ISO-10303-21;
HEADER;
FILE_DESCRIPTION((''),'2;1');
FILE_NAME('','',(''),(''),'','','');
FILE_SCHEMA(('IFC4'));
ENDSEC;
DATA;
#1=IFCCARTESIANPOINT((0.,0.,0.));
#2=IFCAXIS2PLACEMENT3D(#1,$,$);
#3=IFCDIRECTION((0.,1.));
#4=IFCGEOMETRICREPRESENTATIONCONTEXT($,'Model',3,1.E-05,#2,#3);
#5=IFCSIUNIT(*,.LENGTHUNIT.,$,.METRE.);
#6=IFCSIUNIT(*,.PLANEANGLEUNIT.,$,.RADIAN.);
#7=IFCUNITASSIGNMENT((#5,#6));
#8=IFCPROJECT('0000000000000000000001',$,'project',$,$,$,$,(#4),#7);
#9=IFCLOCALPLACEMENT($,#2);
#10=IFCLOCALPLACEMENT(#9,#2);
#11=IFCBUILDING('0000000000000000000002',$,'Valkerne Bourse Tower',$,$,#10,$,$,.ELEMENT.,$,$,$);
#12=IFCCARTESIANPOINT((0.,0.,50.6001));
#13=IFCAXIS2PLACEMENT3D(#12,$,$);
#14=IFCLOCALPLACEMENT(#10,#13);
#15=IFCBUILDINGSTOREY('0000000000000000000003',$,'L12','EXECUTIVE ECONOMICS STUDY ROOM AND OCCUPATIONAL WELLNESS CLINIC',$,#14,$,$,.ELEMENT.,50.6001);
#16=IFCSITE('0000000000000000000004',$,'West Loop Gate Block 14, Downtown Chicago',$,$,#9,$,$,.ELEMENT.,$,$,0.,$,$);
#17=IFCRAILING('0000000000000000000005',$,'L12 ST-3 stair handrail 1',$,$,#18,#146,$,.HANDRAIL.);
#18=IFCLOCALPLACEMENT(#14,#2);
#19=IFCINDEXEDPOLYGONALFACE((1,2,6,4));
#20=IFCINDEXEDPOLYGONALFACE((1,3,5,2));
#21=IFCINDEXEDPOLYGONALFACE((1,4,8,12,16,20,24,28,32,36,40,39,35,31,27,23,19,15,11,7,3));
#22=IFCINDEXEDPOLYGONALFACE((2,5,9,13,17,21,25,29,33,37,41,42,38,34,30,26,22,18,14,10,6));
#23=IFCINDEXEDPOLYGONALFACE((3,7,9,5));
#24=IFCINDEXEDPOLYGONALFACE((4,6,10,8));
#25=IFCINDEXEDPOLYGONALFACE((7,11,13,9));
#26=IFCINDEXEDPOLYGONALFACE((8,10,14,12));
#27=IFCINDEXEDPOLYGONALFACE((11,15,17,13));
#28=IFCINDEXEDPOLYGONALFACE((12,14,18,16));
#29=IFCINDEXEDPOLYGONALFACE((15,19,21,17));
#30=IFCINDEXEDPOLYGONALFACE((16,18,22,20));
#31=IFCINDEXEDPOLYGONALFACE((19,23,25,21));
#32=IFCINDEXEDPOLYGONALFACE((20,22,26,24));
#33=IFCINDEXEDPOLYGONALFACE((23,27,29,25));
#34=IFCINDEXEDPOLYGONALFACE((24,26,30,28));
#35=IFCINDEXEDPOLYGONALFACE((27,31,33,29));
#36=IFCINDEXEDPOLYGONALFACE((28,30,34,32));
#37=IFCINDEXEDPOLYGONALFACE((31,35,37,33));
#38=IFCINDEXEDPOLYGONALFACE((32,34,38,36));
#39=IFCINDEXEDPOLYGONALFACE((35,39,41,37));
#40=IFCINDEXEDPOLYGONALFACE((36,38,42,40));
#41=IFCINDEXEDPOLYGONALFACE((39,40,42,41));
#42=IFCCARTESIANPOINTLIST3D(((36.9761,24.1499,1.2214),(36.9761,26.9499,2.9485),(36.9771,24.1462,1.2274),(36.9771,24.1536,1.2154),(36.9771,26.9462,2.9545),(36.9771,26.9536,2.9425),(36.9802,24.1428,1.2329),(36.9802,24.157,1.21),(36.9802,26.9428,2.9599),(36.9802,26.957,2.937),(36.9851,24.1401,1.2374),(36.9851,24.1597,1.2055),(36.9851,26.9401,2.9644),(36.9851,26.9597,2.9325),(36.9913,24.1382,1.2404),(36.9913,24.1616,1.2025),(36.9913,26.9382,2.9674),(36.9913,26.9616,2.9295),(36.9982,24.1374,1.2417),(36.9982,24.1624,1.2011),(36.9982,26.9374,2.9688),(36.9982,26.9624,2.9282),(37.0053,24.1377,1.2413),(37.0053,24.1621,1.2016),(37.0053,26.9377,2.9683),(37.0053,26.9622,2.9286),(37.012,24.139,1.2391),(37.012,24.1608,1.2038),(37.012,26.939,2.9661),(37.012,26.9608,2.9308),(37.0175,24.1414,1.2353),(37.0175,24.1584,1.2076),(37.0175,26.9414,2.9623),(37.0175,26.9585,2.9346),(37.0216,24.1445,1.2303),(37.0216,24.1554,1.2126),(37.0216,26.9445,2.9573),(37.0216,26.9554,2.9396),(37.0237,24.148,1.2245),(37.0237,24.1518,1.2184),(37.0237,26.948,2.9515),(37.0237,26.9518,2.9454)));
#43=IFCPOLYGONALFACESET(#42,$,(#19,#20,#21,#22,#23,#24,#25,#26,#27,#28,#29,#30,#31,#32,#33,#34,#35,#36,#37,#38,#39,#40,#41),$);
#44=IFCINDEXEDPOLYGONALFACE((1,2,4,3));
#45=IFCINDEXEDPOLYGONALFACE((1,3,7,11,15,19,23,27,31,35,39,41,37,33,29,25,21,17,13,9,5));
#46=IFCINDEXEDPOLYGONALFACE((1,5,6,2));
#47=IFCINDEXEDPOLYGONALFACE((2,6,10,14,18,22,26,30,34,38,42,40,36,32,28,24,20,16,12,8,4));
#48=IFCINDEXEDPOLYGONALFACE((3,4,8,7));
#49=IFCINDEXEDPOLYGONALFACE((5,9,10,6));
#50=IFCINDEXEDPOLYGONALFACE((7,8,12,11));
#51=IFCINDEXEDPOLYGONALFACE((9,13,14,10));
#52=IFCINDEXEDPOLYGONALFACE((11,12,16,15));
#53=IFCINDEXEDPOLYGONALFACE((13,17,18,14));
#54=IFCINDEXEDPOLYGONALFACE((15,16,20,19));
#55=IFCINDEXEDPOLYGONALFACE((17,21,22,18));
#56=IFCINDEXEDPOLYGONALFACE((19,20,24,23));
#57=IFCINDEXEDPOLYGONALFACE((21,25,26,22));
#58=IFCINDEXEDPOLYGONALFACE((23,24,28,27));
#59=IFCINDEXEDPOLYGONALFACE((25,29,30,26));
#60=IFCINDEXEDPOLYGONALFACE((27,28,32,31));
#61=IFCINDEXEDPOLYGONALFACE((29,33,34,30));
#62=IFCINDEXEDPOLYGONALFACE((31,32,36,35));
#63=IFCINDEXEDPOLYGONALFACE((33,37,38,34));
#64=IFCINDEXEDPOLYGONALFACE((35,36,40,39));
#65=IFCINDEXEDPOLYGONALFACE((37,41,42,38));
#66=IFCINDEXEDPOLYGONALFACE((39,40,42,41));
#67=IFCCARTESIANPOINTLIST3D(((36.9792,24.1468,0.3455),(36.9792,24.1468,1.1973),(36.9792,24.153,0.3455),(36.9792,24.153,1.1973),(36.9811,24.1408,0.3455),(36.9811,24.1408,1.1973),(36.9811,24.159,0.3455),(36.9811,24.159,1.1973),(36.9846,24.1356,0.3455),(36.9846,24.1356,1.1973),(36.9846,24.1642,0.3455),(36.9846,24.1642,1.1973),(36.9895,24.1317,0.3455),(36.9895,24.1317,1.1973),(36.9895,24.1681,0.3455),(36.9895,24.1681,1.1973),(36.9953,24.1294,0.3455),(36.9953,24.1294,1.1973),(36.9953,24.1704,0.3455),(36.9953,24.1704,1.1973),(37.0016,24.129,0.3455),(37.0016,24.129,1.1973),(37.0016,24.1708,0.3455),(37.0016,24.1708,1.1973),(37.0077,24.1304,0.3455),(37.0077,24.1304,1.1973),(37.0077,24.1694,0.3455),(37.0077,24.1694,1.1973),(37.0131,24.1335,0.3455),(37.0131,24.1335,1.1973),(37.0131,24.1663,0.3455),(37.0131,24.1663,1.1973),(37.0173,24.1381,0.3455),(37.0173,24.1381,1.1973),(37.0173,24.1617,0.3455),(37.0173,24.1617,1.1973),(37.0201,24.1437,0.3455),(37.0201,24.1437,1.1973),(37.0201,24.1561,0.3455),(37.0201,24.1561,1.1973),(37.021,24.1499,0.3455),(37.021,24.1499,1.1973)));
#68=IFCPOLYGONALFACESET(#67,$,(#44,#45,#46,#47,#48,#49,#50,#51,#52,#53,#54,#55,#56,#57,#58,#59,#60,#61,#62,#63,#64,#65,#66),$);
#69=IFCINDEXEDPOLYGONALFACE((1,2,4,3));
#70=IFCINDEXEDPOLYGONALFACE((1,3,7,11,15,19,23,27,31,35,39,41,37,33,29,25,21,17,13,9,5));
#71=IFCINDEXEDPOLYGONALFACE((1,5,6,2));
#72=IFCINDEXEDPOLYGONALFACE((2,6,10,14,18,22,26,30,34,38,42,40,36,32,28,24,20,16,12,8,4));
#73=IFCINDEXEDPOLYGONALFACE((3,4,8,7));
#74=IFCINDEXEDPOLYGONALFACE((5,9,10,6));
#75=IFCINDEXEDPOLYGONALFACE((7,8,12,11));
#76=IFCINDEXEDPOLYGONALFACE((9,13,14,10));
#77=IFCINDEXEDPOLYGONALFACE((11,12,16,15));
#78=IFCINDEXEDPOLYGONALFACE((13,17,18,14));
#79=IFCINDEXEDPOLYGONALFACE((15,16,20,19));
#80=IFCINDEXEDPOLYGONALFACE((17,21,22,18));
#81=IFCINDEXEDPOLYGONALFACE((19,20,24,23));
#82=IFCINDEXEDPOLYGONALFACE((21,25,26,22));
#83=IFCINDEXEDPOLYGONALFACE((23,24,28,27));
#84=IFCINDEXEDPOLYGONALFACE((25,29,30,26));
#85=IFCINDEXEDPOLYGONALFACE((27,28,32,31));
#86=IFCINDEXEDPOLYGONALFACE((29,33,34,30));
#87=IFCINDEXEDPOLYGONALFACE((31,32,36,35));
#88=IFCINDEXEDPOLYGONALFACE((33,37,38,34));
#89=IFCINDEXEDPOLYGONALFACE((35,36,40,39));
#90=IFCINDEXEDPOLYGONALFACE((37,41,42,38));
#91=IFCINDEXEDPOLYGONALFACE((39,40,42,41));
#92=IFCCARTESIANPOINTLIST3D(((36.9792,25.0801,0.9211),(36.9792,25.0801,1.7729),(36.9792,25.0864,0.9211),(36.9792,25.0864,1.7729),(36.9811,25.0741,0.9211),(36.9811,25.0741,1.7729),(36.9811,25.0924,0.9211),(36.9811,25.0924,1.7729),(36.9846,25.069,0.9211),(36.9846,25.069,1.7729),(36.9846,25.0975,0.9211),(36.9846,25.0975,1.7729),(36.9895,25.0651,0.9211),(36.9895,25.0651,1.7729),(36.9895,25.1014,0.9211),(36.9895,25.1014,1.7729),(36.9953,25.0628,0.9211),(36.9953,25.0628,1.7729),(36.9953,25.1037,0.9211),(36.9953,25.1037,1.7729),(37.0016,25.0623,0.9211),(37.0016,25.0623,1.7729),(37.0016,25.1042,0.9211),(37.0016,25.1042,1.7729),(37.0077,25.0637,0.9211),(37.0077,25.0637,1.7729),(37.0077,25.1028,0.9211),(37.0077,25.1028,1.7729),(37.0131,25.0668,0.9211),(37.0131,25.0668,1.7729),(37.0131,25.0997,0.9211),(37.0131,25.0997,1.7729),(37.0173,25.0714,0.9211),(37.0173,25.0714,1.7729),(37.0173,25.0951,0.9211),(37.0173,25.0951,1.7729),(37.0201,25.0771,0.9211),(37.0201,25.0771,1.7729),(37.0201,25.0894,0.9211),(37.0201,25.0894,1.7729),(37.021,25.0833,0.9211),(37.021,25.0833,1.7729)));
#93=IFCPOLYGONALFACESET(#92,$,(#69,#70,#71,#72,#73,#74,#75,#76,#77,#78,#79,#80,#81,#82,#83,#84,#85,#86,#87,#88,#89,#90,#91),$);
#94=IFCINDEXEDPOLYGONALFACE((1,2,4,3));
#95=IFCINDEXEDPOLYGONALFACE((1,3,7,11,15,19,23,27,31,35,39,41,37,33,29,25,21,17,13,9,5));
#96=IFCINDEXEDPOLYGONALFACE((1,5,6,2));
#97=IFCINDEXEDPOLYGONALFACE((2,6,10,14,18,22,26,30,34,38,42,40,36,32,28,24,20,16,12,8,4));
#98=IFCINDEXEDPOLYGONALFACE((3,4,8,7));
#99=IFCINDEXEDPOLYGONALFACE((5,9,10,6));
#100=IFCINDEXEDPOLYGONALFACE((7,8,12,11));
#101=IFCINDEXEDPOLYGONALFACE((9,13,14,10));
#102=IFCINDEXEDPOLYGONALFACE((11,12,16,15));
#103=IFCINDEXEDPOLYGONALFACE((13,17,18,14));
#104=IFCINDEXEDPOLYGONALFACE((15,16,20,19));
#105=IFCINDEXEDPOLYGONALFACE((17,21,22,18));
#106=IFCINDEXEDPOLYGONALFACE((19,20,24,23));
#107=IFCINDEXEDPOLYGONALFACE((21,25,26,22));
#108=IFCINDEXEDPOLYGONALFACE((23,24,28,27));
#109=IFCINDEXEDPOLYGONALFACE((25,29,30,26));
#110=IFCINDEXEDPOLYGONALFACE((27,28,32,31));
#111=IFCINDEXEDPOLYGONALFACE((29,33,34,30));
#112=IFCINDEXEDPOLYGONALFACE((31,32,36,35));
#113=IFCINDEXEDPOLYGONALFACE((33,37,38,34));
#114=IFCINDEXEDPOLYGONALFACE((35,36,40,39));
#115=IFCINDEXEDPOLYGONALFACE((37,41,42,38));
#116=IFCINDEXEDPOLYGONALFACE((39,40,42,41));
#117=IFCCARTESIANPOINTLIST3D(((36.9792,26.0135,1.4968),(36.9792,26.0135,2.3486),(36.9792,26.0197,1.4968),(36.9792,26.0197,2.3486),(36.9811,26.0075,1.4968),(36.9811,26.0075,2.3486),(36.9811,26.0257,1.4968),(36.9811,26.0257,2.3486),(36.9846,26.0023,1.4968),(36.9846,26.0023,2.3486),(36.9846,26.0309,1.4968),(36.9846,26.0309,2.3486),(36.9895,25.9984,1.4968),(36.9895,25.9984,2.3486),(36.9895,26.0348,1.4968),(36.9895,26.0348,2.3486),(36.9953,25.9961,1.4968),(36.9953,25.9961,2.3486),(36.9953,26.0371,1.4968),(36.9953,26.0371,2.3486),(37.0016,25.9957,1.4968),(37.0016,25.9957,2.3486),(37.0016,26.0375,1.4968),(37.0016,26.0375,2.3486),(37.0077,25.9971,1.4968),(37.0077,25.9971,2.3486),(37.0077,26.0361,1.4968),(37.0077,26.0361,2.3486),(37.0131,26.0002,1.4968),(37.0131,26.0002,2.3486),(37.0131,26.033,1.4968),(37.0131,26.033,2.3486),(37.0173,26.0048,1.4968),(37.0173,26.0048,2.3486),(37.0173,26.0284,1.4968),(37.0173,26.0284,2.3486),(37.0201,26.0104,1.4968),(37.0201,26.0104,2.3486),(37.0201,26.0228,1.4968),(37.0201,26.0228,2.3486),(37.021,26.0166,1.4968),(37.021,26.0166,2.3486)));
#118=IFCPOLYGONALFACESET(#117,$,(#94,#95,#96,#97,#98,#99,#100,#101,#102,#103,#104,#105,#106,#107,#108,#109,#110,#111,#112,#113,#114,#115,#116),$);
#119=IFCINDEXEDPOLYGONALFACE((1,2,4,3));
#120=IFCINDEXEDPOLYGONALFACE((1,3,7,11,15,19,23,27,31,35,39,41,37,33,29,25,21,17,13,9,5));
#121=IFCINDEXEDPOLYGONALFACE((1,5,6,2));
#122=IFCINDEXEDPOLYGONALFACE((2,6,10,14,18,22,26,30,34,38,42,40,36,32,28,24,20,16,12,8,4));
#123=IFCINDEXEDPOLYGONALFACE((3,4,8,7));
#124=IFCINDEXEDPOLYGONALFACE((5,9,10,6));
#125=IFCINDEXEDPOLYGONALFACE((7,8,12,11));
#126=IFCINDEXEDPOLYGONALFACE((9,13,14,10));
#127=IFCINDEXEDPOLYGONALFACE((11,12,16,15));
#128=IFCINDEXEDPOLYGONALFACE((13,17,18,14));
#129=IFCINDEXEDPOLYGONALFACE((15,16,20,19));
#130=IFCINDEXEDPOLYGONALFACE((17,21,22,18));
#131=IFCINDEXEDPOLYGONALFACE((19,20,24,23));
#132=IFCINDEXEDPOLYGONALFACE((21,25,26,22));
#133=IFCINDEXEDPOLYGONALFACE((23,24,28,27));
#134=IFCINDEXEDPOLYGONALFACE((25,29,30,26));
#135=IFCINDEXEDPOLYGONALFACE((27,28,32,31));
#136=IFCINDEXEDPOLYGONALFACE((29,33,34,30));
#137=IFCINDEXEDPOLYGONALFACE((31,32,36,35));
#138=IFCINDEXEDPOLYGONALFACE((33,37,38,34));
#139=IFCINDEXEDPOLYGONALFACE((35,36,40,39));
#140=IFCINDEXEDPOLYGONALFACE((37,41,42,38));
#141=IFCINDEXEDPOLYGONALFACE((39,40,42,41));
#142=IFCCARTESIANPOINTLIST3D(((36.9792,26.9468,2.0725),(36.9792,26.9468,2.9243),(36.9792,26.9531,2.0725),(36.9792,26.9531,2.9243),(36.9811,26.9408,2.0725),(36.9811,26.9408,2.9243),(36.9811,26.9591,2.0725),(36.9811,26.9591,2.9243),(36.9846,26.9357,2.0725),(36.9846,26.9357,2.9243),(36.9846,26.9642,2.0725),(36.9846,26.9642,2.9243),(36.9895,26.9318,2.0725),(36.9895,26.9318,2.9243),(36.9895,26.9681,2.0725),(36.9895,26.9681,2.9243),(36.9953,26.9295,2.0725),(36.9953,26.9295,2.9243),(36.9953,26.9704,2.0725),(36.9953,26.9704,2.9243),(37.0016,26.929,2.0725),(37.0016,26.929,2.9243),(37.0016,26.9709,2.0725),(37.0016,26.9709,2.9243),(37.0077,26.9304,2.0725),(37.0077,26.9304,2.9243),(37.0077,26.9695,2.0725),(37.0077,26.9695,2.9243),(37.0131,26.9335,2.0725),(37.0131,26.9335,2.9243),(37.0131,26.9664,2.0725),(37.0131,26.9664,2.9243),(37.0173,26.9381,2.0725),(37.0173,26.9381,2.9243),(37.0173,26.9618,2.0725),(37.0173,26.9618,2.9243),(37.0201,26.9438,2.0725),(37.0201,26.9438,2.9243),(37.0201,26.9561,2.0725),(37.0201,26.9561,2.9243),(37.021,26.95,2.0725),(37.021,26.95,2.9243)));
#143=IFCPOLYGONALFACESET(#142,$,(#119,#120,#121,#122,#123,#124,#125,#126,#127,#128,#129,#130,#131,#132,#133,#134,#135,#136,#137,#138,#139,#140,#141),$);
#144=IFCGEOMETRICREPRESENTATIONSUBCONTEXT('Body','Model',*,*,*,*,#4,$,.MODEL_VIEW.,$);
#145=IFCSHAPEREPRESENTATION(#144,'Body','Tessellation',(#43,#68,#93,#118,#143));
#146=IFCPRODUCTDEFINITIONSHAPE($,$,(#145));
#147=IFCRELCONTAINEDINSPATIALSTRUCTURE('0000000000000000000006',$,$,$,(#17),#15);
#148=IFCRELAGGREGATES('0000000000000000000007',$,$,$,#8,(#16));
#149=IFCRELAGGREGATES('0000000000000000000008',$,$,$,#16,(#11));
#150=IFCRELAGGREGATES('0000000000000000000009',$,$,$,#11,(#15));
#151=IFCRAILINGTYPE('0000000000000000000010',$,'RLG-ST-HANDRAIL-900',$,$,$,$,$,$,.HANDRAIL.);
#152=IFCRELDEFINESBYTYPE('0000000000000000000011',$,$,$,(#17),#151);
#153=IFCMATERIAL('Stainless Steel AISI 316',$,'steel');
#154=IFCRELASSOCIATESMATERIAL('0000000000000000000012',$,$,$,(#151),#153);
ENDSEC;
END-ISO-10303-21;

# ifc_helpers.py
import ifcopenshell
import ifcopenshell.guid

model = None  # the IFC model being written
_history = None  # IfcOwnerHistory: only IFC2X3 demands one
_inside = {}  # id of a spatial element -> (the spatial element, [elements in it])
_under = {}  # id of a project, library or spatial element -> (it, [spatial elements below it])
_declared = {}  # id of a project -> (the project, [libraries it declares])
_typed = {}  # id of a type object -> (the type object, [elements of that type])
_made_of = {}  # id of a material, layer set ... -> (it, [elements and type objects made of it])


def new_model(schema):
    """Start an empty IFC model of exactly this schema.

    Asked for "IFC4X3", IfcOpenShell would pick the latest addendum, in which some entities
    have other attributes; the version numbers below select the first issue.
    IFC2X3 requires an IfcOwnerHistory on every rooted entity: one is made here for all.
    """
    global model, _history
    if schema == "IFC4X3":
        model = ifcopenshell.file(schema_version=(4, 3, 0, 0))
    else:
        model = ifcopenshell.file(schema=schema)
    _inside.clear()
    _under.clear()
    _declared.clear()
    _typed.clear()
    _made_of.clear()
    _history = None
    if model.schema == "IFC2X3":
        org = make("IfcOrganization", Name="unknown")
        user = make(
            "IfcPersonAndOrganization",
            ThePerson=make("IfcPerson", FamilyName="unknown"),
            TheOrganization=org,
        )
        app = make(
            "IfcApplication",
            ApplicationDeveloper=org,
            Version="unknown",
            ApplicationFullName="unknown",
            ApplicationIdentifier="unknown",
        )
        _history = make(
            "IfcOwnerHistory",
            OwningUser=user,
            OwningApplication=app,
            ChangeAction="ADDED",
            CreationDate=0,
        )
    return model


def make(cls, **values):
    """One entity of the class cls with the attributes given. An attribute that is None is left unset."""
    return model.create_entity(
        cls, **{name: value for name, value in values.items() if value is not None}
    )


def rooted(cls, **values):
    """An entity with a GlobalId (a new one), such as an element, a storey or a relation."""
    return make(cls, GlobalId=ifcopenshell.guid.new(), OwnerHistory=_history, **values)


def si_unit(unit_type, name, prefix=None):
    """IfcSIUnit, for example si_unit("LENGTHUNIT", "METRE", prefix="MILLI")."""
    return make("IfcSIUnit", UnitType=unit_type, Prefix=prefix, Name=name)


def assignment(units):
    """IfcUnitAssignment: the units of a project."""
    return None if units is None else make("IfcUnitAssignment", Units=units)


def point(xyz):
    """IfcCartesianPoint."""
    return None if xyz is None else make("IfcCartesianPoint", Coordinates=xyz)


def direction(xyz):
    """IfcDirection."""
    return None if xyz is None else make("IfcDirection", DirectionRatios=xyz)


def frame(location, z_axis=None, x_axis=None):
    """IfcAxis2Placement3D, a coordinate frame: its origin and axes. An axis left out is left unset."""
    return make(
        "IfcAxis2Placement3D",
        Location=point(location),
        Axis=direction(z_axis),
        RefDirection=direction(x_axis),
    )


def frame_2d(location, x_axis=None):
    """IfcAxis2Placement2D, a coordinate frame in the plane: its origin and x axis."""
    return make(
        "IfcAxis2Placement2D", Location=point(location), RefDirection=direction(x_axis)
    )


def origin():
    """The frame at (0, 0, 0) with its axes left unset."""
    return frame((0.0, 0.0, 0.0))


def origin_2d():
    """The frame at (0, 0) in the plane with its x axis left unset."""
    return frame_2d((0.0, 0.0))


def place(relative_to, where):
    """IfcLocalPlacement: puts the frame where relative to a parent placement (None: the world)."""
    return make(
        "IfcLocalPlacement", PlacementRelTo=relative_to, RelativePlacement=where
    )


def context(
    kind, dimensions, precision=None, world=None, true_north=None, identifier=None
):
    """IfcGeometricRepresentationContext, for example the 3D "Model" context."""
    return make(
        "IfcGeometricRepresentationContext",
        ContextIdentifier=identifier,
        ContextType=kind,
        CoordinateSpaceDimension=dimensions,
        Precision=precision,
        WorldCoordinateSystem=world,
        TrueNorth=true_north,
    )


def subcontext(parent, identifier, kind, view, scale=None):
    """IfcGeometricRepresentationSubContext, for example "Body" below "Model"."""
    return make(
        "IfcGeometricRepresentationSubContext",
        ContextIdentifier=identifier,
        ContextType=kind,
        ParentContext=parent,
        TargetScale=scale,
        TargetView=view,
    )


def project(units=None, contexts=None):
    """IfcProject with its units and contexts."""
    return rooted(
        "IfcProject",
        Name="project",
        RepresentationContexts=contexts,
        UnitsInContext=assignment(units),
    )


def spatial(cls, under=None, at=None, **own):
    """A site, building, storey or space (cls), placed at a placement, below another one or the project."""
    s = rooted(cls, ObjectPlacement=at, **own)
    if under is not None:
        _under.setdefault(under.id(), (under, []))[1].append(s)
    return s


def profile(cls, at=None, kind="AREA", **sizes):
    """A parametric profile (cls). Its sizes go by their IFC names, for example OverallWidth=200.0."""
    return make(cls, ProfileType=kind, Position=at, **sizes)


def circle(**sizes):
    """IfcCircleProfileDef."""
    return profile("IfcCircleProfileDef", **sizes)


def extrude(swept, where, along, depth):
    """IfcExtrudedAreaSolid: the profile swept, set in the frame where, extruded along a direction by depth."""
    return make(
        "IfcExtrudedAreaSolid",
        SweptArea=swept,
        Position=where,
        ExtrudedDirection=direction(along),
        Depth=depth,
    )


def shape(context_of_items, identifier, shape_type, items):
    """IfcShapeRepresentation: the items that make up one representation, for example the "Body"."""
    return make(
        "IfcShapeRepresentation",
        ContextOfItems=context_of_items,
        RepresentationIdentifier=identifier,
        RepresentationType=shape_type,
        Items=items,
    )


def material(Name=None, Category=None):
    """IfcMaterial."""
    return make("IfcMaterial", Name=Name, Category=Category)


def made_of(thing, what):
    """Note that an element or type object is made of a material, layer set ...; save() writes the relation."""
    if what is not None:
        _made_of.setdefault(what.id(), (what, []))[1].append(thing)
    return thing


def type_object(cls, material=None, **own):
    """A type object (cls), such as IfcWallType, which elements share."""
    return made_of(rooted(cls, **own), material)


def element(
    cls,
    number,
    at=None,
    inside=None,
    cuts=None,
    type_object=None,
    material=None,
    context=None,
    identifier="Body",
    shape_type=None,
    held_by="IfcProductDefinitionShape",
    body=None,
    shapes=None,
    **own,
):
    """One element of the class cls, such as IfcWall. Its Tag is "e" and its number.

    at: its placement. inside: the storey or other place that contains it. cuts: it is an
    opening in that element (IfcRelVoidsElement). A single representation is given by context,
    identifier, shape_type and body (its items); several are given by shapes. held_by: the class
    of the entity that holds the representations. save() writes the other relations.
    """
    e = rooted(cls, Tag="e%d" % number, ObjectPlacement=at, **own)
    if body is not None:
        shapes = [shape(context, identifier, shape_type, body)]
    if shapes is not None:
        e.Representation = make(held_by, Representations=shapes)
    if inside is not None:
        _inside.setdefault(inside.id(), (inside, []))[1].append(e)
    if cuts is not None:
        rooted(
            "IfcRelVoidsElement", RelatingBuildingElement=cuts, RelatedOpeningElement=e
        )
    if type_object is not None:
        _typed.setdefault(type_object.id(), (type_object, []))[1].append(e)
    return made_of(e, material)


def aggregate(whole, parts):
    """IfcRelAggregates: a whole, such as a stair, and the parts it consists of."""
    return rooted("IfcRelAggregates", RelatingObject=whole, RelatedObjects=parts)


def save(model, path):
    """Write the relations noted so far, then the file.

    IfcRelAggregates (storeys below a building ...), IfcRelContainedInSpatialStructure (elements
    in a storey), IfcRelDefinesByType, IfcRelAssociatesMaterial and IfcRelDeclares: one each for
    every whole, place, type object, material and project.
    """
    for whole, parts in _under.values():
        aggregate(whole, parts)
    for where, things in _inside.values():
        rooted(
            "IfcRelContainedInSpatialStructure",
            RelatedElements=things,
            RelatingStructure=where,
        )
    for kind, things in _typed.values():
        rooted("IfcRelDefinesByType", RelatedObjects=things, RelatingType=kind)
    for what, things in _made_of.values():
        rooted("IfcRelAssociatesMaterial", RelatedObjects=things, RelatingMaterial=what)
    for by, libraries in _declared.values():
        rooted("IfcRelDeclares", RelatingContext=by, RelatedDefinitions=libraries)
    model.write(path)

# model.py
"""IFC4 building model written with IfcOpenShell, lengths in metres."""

from ifc_helpers import new_model, si_unit, direction, frame, origin, origin_2d, place, context, subcontext, project, spatial, circle, extrude, material, type_object, element, save


model = new_model("IFC4")

# Units and contexts
model_context = context("Model", 3, precision=1e-05, world=origin(), true_north=direction((0.0, 1.0)))
body_context = subcontext(model_context, "Body", "Model", "MODEL_VIEW")
ifc_project = project(units=[si_unit("LENGTHUNIT", "METRE"), si_unit("PLANEANGLEUNIT", "RADIAN")], contexts=[model_context])

# Site, building, storey
site_placement = place(None, origin())
site = spatial("IfcSite", under=ifc_project, at=site_placement, Name="West Loop Gate Block 14, Downtown Chicago", CompositionType="ELEMENT", RefElevation=0.0)
building_placement = place(site_placement, origin())
building = spatial("IfcBuilding", under=site, at=building_placement, Name="Valkerne Bourse Tower", CompositionType="ELEMENT")
storey_placement = place(building_placement, frame((0.0, 0.0, 50.6001)))
storey = spatial("IfcBuildingStorey", under=building, at=storey_placement, Name="L12", Description="EXECUTIVE ECONOMICS STUDY ROOM AND OCCUPATIONAL WELLNESS CLINIC", CompositionType="ELEMENT", Elevation=50.6001)

# Railing
ifc_material_1 = material(Name="Stainless Steel AISI 316", Category="steel")
railing_type_1 = type_object("IfcRailingType", Name="RLG-ST-HANDRAIL-900", PredefinedType="HANDRAIL", material=ifc_material_1)
railing_1_placement = place(storey_placement, frame((37.0, 24.1499, 0.3455)))
element("IfcRailing", 1, at=railing_1_placement, inside=storey, type_object=railing_type_1, Name="L12 ST-3 stair handrail 1", PredefinedType="HANDRAIL", context=body_context, shape_type="SweptSolid", body=[
    extrude(circle(Radius=0.0239, at=origin_2d()), frame((0.0, 0.0, 0.876), z_axis=(0.0, 0.851123, 0.524967), x_axis=(-1.0, 0.0, 0.0)), (0.0, 0.0, 1.0), 3.2898),
    extrude(circle(Radius=0.021, at=origin_2d()), origin(), (0.0, 0.0, 1.0), 0.8518),
    extrude(circle(Radius=0.021, at=origin_2d()), frame((0.0, 0.9333, 0.5757)), (0.0, 0.0, 1.0), 0.8518),
    extrude(circle(Radius=0.021, at=origin_2d()), frame((0.0, 1.8667, 1.1514)), (0.0, 0.0, 1.0), 0.8518),
    extrude(circle(Radius=0.021, at=origin_2d()), frame((0.0, 2.8, 1.7271)), (0.0, 0.0, 1.0), 0.8518),
])

save(model, "model.ifc")
